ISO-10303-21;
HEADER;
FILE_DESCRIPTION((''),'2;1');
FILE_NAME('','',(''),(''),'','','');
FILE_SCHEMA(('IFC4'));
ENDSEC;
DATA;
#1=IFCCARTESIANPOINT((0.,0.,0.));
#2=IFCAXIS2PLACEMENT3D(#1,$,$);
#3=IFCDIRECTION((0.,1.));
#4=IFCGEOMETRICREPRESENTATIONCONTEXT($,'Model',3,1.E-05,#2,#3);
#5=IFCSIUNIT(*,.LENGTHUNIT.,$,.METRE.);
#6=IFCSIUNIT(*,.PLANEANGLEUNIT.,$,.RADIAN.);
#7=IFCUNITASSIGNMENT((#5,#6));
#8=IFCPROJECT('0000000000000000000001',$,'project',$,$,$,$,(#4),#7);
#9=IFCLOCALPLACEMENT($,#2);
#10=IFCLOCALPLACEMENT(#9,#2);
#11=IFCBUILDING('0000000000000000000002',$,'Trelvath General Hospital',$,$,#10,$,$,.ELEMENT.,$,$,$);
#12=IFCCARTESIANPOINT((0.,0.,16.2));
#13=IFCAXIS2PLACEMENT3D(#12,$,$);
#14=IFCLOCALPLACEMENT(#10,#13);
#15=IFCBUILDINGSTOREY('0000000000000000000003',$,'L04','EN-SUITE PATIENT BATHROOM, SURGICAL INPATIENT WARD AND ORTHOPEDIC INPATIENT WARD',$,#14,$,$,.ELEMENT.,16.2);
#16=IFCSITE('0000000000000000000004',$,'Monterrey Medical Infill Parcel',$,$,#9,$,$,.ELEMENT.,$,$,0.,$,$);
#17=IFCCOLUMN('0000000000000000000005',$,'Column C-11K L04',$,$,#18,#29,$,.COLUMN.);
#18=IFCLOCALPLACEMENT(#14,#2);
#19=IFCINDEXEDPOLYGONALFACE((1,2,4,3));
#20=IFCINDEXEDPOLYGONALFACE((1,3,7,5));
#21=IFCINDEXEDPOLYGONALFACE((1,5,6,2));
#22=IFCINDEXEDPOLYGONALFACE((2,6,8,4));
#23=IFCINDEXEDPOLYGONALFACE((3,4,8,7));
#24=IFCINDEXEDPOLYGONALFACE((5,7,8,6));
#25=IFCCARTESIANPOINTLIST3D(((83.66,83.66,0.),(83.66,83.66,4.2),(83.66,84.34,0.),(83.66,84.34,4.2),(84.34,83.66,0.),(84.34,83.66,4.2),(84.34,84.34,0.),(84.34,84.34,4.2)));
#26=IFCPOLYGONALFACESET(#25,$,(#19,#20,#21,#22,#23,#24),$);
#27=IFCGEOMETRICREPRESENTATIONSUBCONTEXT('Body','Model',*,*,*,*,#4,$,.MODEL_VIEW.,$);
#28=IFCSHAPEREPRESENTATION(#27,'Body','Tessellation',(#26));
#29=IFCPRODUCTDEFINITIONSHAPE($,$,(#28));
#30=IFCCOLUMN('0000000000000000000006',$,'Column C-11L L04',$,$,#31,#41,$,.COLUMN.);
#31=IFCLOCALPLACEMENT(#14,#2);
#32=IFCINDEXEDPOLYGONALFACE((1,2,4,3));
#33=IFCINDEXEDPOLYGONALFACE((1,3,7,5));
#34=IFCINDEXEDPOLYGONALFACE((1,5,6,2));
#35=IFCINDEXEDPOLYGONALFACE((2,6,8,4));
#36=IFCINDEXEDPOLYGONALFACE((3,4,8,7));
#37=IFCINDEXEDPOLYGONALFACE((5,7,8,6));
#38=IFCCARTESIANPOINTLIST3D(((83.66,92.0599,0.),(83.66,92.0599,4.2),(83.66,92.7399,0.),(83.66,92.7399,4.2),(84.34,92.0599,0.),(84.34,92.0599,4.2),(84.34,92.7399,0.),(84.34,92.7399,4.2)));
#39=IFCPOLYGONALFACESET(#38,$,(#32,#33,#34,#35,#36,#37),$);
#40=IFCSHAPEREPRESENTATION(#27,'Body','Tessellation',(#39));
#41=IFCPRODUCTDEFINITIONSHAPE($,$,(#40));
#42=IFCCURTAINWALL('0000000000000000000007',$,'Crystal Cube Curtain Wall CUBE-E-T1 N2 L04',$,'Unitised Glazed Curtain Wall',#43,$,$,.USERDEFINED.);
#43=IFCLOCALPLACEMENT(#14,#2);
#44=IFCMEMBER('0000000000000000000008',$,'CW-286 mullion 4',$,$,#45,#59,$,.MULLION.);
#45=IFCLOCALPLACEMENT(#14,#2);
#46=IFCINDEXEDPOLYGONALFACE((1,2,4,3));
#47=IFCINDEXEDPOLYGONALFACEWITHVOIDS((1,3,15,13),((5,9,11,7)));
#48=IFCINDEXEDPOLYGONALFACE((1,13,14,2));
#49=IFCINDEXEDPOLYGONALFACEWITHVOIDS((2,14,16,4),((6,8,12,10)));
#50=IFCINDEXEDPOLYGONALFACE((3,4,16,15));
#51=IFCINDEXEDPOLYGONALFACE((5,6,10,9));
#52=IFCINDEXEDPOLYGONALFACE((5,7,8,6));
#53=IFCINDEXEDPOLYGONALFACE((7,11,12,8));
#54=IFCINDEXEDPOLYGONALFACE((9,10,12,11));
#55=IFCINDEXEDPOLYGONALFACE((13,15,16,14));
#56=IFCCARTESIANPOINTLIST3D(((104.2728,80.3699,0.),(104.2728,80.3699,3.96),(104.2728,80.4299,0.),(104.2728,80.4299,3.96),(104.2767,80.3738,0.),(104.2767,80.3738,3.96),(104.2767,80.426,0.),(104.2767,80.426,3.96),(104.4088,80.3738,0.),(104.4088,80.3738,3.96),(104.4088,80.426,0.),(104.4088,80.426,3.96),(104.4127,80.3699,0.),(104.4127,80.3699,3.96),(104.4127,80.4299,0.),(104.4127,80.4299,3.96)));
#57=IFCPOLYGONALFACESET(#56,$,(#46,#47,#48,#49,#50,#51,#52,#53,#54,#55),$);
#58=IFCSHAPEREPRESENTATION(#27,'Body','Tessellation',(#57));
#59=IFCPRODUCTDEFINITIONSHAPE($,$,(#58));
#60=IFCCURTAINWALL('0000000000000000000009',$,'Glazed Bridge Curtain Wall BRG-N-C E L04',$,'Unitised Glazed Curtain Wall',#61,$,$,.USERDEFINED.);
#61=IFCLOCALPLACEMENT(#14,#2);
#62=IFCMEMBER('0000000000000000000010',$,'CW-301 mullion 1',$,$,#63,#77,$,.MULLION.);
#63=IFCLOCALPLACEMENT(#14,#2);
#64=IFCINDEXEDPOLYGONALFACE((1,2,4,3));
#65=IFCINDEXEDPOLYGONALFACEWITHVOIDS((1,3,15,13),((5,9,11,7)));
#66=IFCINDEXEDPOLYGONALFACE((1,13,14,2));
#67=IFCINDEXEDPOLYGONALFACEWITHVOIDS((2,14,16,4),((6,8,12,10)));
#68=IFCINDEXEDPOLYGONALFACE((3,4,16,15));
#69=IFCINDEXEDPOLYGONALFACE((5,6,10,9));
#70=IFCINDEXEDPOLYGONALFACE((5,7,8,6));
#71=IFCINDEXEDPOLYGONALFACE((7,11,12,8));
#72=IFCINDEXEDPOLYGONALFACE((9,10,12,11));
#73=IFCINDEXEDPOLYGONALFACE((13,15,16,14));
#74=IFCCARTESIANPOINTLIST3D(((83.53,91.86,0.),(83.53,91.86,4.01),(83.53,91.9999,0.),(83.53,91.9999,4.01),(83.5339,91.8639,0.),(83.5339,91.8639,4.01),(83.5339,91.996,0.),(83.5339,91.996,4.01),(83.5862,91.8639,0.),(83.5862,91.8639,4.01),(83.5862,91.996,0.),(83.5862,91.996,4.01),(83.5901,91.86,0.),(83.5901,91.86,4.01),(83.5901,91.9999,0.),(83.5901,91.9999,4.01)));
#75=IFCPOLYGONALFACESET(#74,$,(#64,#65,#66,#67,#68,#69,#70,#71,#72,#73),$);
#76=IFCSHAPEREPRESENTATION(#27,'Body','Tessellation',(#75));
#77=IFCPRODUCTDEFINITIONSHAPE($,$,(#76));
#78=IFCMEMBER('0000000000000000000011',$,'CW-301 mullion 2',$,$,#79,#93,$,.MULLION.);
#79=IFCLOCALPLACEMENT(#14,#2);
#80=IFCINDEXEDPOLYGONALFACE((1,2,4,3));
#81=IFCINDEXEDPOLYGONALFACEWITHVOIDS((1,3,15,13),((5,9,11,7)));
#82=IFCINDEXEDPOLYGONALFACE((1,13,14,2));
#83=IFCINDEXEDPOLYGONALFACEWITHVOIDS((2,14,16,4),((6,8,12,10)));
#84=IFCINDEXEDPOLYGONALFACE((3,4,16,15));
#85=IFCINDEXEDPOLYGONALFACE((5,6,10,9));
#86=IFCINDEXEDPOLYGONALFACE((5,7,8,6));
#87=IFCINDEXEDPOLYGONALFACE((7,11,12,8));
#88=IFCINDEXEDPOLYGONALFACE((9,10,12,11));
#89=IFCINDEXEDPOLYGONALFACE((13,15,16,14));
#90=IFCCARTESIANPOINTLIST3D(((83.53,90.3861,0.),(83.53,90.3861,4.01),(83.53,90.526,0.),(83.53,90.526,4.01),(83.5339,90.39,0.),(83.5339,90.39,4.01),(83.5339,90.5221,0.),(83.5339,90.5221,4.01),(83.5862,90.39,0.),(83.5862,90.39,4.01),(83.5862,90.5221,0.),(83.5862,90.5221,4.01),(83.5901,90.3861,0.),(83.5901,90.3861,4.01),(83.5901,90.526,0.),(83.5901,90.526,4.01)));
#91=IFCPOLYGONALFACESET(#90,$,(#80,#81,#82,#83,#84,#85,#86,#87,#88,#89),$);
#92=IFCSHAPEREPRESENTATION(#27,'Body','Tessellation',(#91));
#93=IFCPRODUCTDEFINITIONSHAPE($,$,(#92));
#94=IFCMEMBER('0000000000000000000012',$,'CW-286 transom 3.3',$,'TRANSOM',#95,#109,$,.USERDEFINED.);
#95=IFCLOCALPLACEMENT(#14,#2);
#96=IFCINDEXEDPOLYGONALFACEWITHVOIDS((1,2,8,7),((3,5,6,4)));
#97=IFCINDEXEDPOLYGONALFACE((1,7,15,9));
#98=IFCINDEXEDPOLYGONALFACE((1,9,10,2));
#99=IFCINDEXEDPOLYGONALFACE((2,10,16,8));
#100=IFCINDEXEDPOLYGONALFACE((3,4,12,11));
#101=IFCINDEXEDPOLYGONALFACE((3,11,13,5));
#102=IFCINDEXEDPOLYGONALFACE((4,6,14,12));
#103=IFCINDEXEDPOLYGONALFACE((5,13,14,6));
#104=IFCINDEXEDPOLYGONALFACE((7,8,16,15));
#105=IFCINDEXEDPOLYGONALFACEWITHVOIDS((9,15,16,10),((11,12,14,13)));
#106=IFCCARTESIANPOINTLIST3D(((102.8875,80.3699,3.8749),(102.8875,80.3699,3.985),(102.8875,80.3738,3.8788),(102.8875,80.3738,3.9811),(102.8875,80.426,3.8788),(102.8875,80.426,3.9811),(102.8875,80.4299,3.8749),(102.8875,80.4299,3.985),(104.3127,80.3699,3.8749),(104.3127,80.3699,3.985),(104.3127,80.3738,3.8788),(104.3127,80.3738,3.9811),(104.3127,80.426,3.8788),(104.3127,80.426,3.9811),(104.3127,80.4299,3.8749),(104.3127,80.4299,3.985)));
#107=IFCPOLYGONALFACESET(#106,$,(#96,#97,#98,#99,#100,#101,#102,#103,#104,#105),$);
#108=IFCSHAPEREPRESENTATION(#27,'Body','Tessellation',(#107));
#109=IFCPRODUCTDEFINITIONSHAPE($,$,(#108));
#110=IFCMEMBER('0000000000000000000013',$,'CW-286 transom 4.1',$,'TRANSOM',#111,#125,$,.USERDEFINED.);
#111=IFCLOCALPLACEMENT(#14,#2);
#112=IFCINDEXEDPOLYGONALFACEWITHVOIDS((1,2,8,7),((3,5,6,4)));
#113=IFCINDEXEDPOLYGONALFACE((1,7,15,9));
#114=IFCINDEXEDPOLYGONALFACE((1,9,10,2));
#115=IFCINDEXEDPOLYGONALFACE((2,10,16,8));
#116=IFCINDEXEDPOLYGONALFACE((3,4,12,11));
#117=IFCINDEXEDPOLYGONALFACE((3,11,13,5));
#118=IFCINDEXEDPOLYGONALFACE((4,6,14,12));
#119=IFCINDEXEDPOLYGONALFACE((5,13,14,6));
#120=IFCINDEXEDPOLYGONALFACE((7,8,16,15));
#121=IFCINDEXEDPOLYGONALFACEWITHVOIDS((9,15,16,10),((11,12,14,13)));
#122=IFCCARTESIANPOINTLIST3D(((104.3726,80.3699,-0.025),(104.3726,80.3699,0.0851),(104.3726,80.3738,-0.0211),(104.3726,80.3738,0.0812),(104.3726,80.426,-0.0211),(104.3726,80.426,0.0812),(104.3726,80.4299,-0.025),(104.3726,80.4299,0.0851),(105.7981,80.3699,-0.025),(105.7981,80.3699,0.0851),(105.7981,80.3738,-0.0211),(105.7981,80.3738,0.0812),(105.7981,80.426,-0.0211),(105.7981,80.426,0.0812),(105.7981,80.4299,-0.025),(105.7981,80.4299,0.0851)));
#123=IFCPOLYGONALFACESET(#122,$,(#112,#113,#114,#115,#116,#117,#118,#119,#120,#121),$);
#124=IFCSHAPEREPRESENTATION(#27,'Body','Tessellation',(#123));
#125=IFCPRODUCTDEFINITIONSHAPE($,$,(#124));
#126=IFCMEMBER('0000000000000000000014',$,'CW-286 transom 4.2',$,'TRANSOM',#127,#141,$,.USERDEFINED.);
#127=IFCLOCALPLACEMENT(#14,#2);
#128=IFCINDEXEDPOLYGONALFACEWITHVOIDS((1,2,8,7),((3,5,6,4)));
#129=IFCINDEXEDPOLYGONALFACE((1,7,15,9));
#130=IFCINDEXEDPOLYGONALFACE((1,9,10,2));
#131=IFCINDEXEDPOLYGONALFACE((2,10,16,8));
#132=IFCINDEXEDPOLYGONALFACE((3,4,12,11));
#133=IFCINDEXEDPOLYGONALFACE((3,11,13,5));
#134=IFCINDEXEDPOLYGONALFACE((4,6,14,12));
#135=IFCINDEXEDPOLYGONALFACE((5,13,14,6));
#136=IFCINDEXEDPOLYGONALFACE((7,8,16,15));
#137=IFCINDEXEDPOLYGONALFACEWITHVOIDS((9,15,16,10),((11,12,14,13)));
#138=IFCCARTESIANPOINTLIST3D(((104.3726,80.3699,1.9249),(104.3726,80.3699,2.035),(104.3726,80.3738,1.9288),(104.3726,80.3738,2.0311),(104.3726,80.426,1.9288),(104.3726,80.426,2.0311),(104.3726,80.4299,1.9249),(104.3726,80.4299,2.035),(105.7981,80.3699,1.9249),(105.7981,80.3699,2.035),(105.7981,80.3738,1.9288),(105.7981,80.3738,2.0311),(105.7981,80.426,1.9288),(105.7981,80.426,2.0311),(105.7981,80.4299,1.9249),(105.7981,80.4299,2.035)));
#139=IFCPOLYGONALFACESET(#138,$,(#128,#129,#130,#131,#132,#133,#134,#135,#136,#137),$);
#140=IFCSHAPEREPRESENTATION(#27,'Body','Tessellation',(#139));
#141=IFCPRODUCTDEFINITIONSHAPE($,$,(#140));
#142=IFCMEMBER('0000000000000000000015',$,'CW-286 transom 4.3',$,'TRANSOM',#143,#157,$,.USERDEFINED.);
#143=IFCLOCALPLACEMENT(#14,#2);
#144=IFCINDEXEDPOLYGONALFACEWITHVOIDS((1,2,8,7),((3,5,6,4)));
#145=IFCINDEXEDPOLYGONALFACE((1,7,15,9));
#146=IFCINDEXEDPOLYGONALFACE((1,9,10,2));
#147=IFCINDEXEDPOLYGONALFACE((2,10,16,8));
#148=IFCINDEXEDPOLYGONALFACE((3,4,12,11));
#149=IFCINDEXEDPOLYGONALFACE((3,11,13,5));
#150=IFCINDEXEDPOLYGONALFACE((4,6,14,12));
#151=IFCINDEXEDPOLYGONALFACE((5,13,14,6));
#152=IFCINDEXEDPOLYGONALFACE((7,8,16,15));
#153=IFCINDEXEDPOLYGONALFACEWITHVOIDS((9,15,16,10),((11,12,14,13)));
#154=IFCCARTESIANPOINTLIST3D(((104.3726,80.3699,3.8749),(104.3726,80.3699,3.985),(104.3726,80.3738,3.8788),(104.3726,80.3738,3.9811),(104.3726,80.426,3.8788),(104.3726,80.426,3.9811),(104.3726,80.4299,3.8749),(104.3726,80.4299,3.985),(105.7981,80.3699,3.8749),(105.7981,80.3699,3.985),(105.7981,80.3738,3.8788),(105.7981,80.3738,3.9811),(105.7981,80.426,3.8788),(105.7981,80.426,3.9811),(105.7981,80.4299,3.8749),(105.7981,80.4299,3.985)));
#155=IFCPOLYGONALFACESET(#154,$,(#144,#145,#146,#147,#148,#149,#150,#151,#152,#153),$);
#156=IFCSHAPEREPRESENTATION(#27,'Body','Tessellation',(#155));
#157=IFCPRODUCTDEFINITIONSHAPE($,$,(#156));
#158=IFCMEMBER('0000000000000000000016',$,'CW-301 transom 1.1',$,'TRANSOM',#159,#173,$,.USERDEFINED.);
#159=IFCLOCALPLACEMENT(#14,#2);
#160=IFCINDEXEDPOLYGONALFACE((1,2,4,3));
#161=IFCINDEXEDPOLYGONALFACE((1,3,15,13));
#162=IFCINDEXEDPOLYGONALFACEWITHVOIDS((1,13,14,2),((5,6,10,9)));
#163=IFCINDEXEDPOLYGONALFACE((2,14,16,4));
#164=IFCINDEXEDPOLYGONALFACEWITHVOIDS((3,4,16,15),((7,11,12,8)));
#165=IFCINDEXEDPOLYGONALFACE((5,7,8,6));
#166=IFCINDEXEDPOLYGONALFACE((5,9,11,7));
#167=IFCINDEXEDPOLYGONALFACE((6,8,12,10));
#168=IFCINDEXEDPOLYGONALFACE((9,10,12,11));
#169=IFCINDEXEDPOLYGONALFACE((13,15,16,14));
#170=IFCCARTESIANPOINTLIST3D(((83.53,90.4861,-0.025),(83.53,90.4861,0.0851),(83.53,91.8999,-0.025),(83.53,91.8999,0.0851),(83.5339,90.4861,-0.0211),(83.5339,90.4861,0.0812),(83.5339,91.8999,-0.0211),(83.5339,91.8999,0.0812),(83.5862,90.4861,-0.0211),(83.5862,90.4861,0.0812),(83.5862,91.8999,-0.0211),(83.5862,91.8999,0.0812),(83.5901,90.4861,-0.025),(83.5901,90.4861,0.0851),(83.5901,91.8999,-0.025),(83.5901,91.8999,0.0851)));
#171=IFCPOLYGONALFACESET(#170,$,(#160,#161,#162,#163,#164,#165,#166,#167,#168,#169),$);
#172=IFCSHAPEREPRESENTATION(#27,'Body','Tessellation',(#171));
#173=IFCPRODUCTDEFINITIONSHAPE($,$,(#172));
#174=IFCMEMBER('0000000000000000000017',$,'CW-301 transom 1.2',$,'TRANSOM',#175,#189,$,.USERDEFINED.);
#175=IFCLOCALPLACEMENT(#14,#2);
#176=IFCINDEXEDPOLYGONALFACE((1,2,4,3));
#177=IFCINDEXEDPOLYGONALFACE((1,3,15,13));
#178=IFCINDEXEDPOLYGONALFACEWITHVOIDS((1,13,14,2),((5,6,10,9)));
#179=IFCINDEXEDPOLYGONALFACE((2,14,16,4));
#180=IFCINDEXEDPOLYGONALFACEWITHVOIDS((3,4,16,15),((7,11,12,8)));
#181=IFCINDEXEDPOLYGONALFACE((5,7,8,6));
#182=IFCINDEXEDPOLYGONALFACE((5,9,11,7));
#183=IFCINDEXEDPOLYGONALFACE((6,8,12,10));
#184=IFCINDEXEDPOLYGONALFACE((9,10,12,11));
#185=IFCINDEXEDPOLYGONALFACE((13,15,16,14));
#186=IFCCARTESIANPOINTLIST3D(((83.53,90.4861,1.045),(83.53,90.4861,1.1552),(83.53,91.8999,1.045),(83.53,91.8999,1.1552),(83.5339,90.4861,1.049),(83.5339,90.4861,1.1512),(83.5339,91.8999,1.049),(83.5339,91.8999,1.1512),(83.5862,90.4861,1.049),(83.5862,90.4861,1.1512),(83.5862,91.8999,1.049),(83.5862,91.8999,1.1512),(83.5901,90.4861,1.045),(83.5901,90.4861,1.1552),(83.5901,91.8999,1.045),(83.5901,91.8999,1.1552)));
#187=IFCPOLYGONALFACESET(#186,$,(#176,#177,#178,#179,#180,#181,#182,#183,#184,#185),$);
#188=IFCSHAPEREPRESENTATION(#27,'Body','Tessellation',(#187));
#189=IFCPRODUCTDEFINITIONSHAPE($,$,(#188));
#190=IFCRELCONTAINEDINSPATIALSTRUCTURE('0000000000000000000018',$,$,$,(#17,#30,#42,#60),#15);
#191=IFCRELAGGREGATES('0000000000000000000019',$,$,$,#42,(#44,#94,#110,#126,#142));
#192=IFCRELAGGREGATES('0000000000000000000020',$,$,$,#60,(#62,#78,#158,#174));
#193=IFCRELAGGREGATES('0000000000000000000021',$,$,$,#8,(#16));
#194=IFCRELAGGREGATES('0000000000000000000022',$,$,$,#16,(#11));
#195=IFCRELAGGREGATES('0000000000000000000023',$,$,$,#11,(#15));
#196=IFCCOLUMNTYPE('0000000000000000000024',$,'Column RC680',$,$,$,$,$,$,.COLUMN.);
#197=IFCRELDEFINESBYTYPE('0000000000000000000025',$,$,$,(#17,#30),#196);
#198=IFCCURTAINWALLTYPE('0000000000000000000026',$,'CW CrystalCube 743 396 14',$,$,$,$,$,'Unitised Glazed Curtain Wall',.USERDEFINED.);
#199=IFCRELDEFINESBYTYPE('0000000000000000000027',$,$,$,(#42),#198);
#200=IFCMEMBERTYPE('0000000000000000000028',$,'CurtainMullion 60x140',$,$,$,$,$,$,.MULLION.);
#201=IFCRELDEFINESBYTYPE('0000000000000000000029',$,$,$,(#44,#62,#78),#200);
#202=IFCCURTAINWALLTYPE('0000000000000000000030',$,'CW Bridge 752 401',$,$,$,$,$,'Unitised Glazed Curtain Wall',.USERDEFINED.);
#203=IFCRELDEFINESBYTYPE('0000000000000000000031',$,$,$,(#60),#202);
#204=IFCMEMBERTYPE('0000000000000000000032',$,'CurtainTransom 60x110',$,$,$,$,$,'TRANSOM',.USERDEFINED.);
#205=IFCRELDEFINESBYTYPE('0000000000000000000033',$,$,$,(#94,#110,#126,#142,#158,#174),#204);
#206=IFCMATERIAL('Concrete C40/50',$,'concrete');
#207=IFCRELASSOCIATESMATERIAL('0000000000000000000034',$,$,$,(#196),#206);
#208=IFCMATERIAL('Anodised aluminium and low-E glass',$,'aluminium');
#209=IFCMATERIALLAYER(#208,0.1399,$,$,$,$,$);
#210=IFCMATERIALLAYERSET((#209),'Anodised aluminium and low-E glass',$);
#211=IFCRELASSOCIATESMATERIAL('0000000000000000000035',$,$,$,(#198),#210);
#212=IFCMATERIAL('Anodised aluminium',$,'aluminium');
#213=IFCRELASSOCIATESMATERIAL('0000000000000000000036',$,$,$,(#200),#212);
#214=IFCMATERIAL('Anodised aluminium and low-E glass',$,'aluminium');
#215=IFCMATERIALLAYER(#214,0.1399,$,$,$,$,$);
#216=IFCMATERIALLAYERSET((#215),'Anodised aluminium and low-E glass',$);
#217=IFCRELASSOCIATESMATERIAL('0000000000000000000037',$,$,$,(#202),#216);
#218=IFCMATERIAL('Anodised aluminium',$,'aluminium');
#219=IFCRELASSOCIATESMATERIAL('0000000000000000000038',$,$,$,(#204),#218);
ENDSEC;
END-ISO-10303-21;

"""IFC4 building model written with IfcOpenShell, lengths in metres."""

from ifc_helpers import new_model, si_unit, direction, frame, origin, origin_2d, place, context, subcontext, project, spatial, rectangle, hollow_rectangle, extrude, material, layer, layer_set, material_profile, profile_set, type_object, element, aggregate, save


model = new_model("IFC4")

# Units and contexts
model_context = context("Model", 3, precision=1e-05, world=origin(), true_north=direction((0.0, 1.0)))
body_context = subcontext(model_context, "Body", "Model", "MODEL_VIEW")
ifc_project = project(units=[si_unit("LENGTHUNIT", "METRE"), si_unit("PLANEANGLEUNIT", "RADIAN")], contexts=[model_context])

# Site, building, storey
site_placement = place(None, origin())
site = spatial("IfcSite", under=ifc_project, at=site_placement, Name="Monterrey Medical Infill Parcel", CompositionType="ELEMENT", RefElevation=0.0)
building_placement = place(site_placement, origin())
building = spatial("IfcBuilding", under=site, at=building_placement, Name="Trelvath General Hospital", CompositionType="ELEMENT")
storey_placement = place(building_placement, frame((0.0, 0.0, 16.2)))
storey = spatial("IfcBuildingStorey", under=building, at=storey_placement, Name="L04", Description="EN-SUITE PATIENT BATHROOM, SURGICAL INPATIENT WARD AND ORTHOPEDIC INPATIENT WARD", CompositionType="ELEMENT", Elevation=16.2)

# Columns
ifc_material_1 = material(Name="Concrete C40/50", Category="concrete")
ifc_material_profile_1 = material_profile(ifc_material_1, rectangle(XDim=0.6799, YDim=0.6799, at=origin_2d()), Name="RC680x680")
ifc_profile_set_1 = profile_set([ifc_material_profile_1], Name="Concrete C40/50")
column_type = type_object("IfcColumnType", Name="Column RC680", PredefinedType="COLUMN", material=ifc_profile_set_1)
for number, where, z_axis, x_axis, name in (
    (1, (84.0, 84.0, 0.0), (0.0, 0.0, 1.0), (1.0, 0.0, 0.0), "Column C-11K L04"),
    (2, (84.0, 92.3999, 0.0), (0.0, 0.0, 1.0), (1.0, 0.0, 0.0), "Column C-11L L04"),
):
    element("IfcColumn", number, at=place(storey_placement, frame(where, z_axis=z_axis, x_axis=x_axis)), inside=storey, type_object=column_type, Name=name, PredefinedType="COLUMN", context=body_context, shape_type="SweptSolid", body=[
        extrude(rectangle(XDim=0.6799, YDim=0.6799, at=origin_2d()), origin(), (0.0, 0.0, 1.0), 4.2),
    ])

# Curtain wall, member
ifc_material_2 = material(Name="Anodised aluminium and low-E glass", Category="aluminium")
ifc_layer_1 = layer(ifc_material_2, 0.1399)
ifc_layer_set_1 = layer_set([ifc_layer_1], Name="Anodised aluminium and low-E glass")
curtain_wall_type_1 = type_object("IfcCurtainWallType", Name="CW CrystalCube 743 396 14", ElementType="Unitised Glazed Curtain Wall", PredefinedType="USERDEFINED", material=ifc_layer_set_1)
curtain_wall_1_placement = place(storey_placement, origin())
curtain_wall_1 = element("IfcCurtainWall", 3, at=curtain_wall_1_placement, inside=storey, type_object=curtain_wall_type_1, Name="Crystal Cube Curtain Wall CUBE-E-T1 N2 L04", ObjectType="Unitised Glazed Curtain Wall", PredefinedType="USERDEFINED")
ifc_material_3 = material(Name="Anodised aluminium", Category="aluminium")
ifc_material_profile_2 = material_profile(ifc_material_3, hollow_rectangle(XDim=0.0601, YDim=0.1399, WallThickness=0.0039, at=origin_2d()), Name="RHS60x140x4")
ifc_profile_set_2 = profile_set([ifc_material_profile_2], Name="Anodised aluminium")
member_type_1 = type_object("IfcMemberType", Name="CurtainMullion 60x140", PredefinedType="MULLION", material=ifc_profile_set_2)
member_1_placement = place(storey_placement, frame((104.3428, 80.3999, 0.0), z_axis=(0.0, 0.0, 1.0), x_axis=(0.0, 1.0, 0.0)))
member_1 = element("IfcMember", 4, at=member_1_placement, type_object=member_type_1, Name="CW-286 mullion 4", PredefinedType="MULLION", context=body_context, shape_type="SweptSolid", body=[
    extrude(hollow_rectangle(XDim=0.0601, YDim=0.1399, WallThickness=0.0039, at=origin_2d()), origin(), (0.0, 0.0, 1.0), 3.96),
])

# Curtain wall, members
ifc_material_4 = material(Name="Anodised aluminium and low-E glass", Category="aluminium")
ifc_layer_2 = layer(ifc_material_4, 0.1399)
ifc_layer_set_2 = layer_set([ifc_layer_2], Name="Anodised aluminium and low-E glass")
curtain_wall_type_2 = type_object("IfcCurtainWallType", Name="CW Bridge 752 401", ElementType="Unitised Glazed Curtain Wall", PredefinedType="USERDEFINED", material=ifc_layer_set_2)
curtain_wall_2_placement = place(storey_placement, origin())
curtain_wall_2 = element("IfcCurtainWall", 5, at=curtain_wall_2_placement, inside=storey, type_object=curtain_wall_type_2, Name="Glazed Bridge Curtain Wall BRG-N-C E L04", ObjectType="Unitised Glazed Curtain Wall", PredefinedType="USERDEFINED")
member_2_placement = place(storey_placement, frame((83.5601, 91.9299, 0.0), z_axis=(0.0, 0.0, 1.0), x_axis=(1.0, 0.0, 0.0)))
member_2 = element("IfcMember", 6, at=member_2_placement, type_object=member_type_1, Name="CW-301 mullion 1", PredefinedType="MULLION", context=body_context, shape_type="SweptSolid", body=[
    extrude(hollow_rectangle(XDim=0.0601, YDim=0.1399, WallThickness=0.0039, at=origin_2d()), origin(), (0.0, 0.0, 1.0), 4.01),
])
member_3_placement = place(storey_placement, frame((83.5601, 90.4561, 0.0), z_axis=(0.0, 0.0, 1.0), x_axis=(1.0, 0.0, 0.0)))
member_3 = element("IfcMember", 7, at=member_3_placement, type_object=member_type_1, Name="CW-301 mullion 2", PredefinedType="MULLION", context=body_context, shape_type="SweptSolid", body=[
    extrude(hollow_rectangle(XDim=0.0601, YDim=0.1399, WallThickness=0.0039, at=origin_2d()), origin(), (0.0, 0.0, 1.0), 4.01),
])

# Members
ifc_material_5 = material(Name="Anodised aluminium", Category="aluminium")
ifc_material_profile_3 = material_profile(ifc_material_5, hollow_rectangle(XDim=0.0601, YDim=0.1101, WallThickness=0.0039, at=origin_2d()), Name="RHS60x110x4")
ifc_profile_set_3 = profile_set([ifc_material_profile_3], Name="Anodised aluminium")
member_type_2 = type_object("IfcMemberType", Name="CurtainTransom 60x110", ElementType="TRANSOM", PredefinedType="USERDEFINED", material=ifc_profile_set_3)
member_4_placement = place(storey_placement, frame((102.8875, 80.3999, 3.9299), z_axis=(1.0, 0.0, 0.0), x_axis=(0.0, 1.0, 0.0)))
member_4 = element("IfcMember", 8, at=member_4_placement, type_object=member_type_2, Name="CW-286 transom 3.3", ObjectType="TRANSOM", PredefinedType="USERDEFINED", context=body_context, shape_type="SweptSolid", body=[
    extrude(hollow_rectangle(XDim=0.0601, YDim=0.1101, WallThickness=0.0039, at=origin_2d()), origin(), (0.0, 0.0, 1.0), 1.4253),
])
member_5_placement = place(storey_placement, frame((104.3726, 80.3999, 0.03), z_axis=(1.0, 0.0, 0.0), x_axis=(0.0, 1.0, 0.0)))
member_5 = element("IfcMember", 9, at=member_5_placement, type_object=member_type_2, Name="CW-286 transom 4.1", ObjectType="TRANSOM", PredefinedType="USERDEFINED", context=body_context, shape_type="SweptSolid", body=[
    extrude(hollow_rectangle(XDim=0.0601, YDim=0.1101, WallThickness=0.0039, at=origin_2d()), origin(), (0.0, 0.0, 1.0), 1.4255),
])
member_6_placement = place(storey_placement, frame((104.3726, 80.3999, 1.98), z_axis=(1.0, 0.0, 0.0), x_axis=(0.0, 1.0, 0.0)))
member_6 = element("IfcMember", 10, at=member_6_placement, type_object=member_type_2, Name="CW-286 transom 4.2", ObjectType="TRANSOM", PredefinedType="USERDEFINED", context=body_context, shape_type="SweptSolid", body=[
    extrude(hollow_rectangle(XDim=0.0601, YDim=0.1101, WallThickness=0.0039, at=origin_2d()), origin(), (0.0, 0.0, 1.0), 1.4255),
])
member_7_placement = place(storey_placement, frame((104.3726, 80.3999, 3.9299), z_axis=(1.0, 0.0, 0.0), x_axis=(0.0, 1.0, 0.0)))
member_7 = element("IfcMember", 11, at=member_7_placement, type_object=member_type_2, Name="CW-286 transom 4.3", ObjectType="TRANSOM", PredefinedType="USERDEFINED", context=body_context, shape_type="SweptSolid", body=[
    extrude(hollow_rectangle(XDim=0.0601, YDim=0.1101, WallThickness=0.0039, at=origin_2d()), origin(), (0.0, 0.0, 1.0), 1.4255),
])
member_8_placement = place(storey_placement, frame((83.5601, 91.8999, 0.03), z_axis=(0.0, -1.0, 0.0), x_axis=(1.0, 0.0, 0.0)))
member_8 = element("IfcMember", 12, at=member_8_placement, type_object=member_type_2, Name="CW-301 transom 1.1", ObjectType="TRANSOM", PredefinedType="USERDEFINED", context=body_context, shape_type="SweptSolid", body=[
    extrude(hollow_rectangle(XDim=0.0601, YDim=0.1101, WallThickness=0.0039, at=origin_2d()), origin(), (0.0, 0.0, 1.0), 1.4138),
])
member_9_placement = place(storey_placement, frame((83.5601, 91.8999, 1.1001), z_axis=(0.0, -1.0, 0.0), x_axis=(1.0, 0.0, 0.0)))
member_9 = element("IfcMember", 13, at=member_9_placement, type_object=member_type_2, Name="CW-301 transom 1.2", ObjectType="TRANSOM", PredefinedType="USERDEFINED", context=body_context, shape_type="SweptSolid", body=[
    extrude(hollow_rectangle(XDim=0.0601, YDim=0.1101, WallThickness=0.0039, at=origin_2d()), origin(), (0.0, 0.0, 1.0), 1.4138),
])

aggregate(curtain_wall_1, [member_1, member_4, member_5, member_6, member_7])
aggregate(curtain_wall_2, [member_2, member_3, member_8, member_9])

save(model, "model.ifc")
